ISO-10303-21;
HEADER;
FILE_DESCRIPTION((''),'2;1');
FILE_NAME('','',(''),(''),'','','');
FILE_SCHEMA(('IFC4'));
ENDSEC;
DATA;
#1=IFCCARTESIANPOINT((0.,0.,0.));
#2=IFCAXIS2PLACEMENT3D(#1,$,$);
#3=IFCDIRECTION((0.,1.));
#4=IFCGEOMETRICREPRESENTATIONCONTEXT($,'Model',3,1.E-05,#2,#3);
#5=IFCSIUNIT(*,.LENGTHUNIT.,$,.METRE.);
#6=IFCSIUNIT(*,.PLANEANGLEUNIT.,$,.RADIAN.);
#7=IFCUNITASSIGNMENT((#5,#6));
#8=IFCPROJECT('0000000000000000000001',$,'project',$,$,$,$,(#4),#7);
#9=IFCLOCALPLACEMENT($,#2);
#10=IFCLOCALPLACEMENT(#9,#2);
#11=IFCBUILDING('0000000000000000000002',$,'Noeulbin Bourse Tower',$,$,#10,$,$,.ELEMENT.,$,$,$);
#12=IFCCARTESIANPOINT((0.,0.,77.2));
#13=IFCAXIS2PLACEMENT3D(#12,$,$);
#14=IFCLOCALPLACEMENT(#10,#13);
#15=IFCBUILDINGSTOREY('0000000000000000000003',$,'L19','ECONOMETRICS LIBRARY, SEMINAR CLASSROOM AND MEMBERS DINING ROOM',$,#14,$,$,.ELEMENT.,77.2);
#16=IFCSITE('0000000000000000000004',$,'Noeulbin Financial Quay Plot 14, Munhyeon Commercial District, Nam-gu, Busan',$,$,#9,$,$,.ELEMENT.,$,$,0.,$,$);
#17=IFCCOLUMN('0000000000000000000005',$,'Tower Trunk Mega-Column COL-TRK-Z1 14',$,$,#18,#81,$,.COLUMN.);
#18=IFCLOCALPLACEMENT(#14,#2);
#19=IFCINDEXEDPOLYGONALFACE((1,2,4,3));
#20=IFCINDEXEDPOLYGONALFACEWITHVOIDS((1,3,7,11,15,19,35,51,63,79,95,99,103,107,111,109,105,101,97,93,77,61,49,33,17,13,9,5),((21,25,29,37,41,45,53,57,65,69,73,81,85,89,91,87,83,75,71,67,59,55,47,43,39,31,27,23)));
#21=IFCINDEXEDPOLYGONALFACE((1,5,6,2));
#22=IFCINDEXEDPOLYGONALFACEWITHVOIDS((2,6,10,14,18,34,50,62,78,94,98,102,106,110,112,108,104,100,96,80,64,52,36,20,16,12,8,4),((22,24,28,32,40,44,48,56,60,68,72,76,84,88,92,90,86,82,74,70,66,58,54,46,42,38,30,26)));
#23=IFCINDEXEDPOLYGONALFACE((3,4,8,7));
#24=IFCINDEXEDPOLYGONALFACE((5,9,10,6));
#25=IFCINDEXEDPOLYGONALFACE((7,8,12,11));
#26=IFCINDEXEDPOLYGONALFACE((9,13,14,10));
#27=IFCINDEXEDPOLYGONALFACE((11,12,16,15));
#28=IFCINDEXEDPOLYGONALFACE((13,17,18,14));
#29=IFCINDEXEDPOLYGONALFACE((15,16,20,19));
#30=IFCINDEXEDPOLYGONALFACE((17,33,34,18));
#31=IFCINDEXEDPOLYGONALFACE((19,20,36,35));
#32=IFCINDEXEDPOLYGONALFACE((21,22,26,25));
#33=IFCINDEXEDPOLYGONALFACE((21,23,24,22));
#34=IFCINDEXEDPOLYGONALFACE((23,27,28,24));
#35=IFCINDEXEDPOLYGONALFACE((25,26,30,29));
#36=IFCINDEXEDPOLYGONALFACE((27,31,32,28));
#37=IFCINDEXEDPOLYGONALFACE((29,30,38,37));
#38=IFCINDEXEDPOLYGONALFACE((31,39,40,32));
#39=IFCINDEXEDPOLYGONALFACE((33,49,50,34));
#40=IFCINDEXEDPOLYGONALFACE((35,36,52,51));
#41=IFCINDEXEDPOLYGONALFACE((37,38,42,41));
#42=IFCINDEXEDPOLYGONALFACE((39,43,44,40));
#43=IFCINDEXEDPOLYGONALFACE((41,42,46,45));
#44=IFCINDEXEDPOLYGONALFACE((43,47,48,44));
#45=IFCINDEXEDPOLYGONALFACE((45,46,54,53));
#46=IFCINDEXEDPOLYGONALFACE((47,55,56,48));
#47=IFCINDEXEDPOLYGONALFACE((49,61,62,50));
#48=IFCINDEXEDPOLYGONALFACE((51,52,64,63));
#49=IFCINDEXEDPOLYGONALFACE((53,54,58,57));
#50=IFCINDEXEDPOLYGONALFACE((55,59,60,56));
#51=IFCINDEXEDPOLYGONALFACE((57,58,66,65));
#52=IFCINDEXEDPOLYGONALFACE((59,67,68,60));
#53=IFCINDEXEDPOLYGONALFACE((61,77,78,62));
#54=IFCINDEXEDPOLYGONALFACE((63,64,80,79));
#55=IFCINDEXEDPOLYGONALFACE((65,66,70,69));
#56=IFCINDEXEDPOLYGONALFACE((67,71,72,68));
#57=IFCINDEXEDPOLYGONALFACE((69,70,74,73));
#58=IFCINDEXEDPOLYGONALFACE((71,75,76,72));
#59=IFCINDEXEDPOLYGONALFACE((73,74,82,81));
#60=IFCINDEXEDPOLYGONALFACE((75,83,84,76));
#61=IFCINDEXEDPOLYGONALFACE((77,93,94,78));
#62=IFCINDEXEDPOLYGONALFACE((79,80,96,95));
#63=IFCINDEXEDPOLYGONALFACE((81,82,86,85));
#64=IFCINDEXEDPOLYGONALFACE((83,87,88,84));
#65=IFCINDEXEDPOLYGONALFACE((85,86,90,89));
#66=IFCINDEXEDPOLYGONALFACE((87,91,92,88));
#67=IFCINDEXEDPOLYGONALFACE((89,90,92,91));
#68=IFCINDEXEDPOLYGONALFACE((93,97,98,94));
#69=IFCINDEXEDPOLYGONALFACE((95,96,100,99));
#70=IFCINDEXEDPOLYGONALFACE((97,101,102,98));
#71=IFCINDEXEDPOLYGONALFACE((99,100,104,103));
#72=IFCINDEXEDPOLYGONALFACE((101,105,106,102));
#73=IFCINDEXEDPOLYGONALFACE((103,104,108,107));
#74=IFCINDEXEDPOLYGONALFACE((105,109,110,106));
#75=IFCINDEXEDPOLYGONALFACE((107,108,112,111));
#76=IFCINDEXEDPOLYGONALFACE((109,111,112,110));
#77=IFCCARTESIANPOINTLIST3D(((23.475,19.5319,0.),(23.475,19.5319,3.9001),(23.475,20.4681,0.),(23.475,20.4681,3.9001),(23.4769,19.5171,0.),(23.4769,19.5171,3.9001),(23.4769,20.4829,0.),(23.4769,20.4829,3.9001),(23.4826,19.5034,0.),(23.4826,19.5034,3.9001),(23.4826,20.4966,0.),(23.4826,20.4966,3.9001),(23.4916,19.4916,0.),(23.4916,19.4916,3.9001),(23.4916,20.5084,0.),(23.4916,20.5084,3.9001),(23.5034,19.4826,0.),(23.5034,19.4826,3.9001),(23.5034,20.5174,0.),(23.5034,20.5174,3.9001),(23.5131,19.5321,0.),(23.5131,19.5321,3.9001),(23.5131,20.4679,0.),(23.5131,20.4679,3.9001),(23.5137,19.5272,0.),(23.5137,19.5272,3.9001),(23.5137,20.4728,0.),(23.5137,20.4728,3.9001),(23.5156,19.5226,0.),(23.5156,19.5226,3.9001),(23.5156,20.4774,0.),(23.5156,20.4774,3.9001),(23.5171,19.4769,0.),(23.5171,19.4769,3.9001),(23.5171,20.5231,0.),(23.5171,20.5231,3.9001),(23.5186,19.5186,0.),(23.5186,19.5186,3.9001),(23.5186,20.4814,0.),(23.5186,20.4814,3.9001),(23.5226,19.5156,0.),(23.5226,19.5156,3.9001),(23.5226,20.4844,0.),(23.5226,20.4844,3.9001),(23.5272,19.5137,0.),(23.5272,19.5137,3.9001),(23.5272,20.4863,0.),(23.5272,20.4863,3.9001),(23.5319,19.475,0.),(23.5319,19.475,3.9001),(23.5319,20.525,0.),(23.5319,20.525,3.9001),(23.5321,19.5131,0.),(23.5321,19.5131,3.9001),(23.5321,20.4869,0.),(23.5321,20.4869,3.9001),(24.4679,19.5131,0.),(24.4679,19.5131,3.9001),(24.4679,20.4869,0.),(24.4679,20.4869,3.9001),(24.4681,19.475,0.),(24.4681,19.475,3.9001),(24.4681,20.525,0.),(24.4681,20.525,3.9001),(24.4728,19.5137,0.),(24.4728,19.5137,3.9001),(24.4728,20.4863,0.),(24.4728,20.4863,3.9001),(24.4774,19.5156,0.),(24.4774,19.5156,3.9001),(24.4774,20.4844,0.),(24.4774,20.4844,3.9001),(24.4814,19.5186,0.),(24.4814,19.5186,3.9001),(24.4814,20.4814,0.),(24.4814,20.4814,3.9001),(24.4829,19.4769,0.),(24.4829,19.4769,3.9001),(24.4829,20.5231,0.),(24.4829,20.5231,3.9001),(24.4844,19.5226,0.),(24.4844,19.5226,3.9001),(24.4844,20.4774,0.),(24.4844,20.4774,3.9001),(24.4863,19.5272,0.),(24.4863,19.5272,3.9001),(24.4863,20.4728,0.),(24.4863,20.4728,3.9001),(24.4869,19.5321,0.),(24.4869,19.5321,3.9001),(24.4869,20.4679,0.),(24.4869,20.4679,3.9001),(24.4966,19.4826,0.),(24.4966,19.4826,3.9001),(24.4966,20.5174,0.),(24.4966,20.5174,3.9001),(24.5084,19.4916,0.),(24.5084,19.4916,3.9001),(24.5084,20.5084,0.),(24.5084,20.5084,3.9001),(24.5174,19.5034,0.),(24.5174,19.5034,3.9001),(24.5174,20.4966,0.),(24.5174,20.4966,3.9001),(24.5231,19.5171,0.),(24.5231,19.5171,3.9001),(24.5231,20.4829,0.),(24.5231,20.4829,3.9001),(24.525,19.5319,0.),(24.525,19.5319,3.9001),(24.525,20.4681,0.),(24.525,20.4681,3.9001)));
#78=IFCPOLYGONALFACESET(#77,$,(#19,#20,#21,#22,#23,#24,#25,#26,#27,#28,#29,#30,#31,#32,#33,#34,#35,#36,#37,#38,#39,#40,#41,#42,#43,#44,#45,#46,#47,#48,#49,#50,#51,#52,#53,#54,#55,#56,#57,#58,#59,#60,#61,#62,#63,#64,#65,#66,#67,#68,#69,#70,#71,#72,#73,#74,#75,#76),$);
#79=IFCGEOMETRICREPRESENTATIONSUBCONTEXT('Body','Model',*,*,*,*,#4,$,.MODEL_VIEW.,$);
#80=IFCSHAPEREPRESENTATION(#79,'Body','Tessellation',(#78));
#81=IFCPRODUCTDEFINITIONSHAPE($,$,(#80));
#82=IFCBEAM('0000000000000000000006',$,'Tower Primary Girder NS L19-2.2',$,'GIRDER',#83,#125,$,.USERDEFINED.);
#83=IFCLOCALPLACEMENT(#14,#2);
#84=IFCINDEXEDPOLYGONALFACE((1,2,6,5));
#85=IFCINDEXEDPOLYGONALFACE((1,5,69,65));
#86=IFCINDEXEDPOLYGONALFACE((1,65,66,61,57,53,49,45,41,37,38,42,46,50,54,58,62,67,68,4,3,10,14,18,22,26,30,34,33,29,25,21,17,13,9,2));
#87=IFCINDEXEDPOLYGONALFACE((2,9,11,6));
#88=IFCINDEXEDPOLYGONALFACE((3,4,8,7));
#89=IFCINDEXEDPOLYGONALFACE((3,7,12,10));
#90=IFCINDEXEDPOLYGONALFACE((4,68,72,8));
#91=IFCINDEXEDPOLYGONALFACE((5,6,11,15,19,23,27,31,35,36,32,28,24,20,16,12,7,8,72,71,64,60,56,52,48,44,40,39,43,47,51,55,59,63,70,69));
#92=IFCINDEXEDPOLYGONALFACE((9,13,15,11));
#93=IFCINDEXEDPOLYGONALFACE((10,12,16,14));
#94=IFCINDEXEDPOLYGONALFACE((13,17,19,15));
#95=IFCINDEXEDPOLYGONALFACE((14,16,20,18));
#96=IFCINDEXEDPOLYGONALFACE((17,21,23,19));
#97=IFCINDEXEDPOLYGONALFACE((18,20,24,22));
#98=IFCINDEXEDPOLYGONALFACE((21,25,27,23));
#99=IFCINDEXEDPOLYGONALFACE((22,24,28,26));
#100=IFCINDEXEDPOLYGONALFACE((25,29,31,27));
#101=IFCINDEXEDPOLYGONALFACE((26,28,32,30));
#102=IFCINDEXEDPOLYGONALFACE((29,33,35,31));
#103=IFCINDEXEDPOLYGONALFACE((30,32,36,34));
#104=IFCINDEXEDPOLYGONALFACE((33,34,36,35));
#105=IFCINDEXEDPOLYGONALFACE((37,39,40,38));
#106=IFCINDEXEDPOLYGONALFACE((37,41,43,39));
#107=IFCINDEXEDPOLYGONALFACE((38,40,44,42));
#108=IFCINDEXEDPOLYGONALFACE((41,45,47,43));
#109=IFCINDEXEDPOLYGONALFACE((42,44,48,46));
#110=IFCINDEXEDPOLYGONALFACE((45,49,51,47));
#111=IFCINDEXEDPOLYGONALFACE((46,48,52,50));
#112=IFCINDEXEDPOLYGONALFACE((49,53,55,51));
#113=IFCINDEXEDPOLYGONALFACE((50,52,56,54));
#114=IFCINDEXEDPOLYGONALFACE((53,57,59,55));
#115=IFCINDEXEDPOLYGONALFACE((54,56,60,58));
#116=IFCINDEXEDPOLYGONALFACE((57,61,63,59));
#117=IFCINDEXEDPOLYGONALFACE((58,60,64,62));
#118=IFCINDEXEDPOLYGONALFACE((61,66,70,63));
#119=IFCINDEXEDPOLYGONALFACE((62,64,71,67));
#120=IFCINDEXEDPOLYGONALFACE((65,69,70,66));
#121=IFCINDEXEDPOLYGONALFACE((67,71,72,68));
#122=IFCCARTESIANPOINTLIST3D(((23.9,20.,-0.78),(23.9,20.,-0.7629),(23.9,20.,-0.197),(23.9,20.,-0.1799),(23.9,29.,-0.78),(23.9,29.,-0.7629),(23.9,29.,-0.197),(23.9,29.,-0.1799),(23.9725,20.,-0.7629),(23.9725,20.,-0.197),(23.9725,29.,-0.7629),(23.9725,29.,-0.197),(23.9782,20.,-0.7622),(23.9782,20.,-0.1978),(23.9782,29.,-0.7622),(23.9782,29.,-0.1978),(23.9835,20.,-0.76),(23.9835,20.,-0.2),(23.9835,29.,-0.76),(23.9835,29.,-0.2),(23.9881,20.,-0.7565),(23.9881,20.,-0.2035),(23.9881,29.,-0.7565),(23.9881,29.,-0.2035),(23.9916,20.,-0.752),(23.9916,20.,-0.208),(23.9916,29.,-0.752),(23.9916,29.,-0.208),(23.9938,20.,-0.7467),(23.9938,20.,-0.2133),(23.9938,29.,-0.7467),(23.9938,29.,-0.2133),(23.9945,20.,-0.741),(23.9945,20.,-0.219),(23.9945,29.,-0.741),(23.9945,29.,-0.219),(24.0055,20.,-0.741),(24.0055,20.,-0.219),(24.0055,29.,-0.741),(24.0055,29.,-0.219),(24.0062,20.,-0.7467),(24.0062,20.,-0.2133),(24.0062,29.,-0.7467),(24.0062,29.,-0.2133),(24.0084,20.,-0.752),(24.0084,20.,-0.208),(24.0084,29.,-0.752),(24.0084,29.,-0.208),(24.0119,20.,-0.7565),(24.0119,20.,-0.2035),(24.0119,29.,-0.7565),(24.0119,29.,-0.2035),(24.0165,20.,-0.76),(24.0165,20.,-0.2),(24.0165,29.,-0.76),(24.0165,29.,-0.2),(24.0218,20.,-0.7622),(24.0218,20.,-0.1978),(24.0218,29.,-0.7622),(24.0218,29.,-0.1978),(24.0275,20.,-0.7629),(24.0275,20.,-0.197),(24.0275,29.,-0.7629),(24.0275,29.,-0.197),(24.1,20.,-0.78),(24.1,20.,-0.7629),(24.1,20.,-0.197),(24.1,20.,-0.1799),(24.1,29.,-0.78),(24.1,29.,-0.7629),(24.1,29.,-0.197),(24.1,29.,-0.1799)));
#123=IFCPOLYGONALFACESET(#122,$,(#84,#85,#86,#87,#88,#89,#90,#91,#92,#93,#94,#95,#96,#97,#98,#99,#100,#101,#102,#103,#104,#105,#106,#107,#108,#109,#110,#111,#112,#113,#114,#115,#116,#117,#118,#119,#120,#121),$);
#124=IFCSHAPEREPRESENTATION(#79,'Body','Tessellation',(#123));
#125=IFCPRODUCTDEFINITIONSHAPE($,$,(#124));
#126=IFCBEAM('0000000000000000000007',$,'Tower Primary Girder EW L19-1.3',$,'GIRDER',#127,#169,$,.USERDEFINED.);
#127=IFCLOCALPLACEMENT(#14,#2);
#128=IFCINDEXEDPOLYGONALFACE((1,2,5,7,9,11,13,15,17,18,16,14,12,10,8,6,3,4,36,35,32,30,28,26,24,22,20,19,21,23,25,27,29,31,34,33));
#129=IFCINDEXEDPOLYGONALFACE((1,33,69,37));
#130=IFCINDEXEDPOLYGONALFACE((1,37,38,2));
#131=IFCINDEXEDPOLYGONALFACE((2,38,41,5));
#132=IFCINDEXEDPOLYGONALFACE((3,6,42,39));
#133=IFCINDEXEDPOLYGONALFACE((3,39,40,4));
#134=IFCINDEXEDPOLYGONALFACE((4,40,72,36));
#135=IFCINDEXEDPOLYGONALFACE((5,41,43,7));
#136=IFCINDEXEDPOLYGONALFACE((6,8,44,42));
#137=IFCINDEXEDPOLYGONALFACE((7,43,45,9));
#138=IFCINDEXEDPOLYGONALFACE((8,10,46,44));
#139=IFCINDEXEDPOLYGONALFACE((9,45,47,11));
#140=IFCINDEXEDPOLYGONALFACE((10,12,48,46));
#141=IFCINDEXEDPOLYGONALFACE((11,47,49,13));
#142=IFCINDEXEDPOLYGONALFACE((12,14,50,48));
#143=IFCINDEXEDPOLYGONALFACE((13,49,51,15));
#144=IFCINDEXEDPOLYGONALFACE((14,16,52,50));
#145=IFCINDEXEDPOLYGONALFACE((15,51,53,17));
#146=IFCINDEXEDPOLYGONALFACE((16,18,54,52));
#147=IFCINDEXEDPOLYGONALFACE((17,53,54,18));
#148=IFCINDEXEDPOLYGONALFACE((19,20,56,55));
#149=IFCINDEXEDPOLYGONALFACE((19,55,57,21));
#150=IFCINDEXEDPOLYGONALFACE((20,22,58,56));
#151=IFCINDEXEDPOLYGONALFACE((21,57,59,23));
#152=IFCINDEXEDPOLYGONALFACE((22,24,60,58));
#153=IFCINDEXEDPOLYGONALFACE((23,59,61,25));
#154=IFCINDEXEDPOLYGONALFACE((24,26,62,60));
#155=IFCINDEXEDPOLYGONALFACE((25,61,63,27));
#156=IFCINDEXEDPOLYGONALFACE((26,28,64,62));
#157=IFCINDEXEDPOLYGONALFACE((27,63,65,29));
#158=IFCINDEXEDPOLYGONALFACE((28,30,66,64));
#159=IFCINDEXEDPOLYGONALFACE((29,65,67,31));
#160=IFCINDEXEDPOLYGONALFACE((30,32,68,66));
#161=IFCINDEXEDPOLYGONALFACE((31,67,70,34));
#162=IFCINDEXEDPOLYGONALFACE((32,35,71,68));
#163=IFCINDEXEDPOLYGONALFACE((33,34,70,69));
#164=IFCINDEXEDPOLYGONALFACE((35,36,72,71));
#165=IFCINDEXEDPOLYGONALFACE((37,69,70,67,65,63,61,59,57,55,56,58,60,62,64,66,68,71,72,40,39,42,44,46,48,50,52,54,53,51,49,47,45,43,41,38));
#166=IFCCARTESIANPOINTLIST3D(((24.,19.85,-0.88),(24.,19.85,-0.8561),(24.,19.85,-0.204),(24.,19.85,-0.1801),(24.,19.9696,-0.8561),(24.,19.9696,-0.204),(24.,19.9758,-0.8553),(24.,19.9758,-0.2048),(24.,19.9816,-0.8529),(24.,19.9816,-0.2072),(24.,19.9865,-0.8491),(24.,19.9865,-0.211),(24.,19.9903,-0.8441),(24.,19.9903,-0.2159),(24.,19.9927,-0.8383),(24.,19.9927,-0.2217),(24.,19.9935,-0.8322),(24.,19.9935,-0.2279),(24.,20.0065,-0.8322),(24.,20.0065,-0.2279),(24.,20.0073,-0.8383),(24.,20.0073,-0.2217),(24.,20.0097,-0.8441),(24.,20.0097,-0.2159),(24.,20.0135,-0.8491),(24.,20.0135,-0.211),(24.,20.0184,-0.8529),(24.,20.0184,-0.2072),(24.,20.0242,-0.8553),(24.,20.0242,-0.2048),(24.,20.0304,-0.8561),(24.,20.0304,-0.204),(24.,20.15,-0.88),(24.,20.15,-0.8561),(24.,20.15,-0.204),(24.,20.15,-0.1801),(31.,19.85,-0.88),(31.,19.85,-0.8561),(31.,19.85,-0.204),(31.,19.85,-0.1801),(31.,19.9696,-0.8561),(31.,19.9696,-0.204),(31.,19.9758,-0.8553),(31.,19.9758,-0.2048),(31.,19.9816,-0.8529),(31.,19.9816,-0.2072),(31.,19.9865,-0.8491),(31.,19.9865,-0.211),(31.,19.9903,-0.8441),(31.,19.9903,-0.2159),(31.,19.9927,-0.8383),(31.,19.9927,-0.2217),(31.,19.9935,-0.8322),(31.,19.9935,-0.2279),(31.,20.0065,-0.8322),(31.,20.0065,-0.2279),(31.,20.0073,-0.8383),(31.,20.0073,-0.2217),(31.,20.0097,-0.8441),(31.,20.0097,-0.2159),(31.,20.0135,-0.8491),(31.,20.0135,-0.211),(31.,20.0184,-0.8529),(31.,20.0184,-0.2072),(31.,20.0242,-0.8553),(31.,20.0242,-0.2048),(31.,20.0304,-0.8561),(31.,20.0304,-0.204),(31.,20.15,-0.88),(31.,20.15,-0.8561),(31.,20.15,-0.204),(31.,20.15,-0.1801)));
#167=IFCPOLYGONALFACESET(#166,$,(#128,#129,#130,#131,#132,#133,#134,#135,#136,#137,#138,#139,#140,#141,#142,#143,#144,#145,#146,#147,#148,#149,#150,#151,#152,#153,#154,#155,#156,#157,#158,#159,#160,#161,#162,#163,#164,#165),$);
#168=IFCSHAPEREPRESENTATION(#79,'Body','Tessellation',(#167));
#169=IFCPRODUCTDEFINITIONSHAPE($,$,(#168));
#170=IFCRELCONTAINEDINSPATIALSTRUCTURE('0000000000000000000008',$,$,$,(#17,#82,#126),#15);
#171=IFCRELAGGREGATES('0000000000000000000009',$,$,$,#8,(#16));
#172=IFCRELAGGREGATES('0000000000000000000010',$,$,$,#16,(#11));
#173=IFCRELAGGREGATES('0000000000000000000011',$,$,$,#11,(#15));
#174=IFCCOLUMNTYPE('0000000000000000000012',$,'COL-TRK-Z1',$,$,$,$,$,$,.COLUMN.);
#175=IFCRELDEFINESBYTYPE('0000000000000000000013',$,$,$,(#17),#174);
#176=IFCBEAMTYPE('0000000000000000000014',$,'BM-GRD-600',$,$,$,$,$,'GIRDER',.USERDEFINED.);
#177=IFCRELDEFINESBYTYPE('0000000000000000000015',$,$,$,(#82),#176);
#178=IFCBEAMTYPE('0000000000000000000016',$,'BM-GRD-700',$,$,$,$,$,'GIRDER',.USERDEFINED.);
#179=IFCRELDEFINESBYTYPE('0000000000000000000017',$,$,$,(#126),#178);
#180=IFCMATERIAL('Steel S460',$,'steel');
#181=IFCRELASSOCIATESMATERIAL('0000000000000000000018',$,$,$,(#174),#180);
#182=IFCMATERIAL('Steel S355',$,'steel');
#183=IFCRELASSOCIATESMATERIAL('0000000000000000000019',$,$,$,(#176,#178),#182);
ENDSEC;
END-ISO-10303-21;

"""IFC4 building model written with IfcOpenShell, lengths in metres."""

from ifc_helpers import new_model, si_unit, direction, frame, origin, origin_2d, place, context, subcontext, project, spatial, hollow_rectangle, i_section, extrude, material, material_profile, profile_set, type_object, element, save


model = new_model("IFC4")

# Units and contexts
model_context = context("Model", 3, precision=1e-05, world=origin(), true_north=direction((0.0, 1.0)))
body_context = subcontext(model_context, "Body", "Model", "MODEL_VIEW")
ifc_project = project(units=[si_unit("LENGTHUNIT", "METRE"), si_unit("PLANEANGLEUNIT", "RADIAN")], contexts=[model_context])

# Site, building, storey
site_placement = place(None, origin())
site = spatial("IfcSite", under=ifc_project, at=site_placement, Name="Noeulbin Financial Quay Plot 14, Munhyeon Commercial District, Nam-gu, Busan", CompositionType="ELEMENT", RefElevation=0.0)
building_placement = place(site_placement, origin())
building = spatial("IfcBuilding", under=site, at=building_placement, Name="Noeulbin Bourse Tower", CompositionType="ELEMENT")
storey_placement = place(building_placement, frame((0.0, 0.0, 77.2)))
storey = spatial("IfcBuildingStorey", under=building, at=storey_placement, Name="L19", Description="ECONOMETRICS LIBRARY, SEMINAR CLASSROOM AND MEMBERS DINING ROOM", CompositionType="ELEMENT", Elevation=77.2)

# Column
ifc_material_1 = material(Name="Steel S460", Category="steel")
ifc_material_profile_1 = material_profile(ifc_material_1, hollow_rectangle(XDim=1.05, YDim=1.05, WallThickness=0.0381, InnerFilletRadius=0.019, OuterFilletRadius=0.0569, at=origin_2d()), Name="BOX-1050x1050x38", Category="LoadBearing")
ifc_profile_set_1 = profile_set([ifc_material_profile_1], Name="Steel S460")
column_type = type_object("IfcColumnType", Name="COL-TRK-Z1", PredefinedType="COLUMN", material=ifc_profile_set_1)
column_placement = place(storey_placement, frame((24.0, 20.0, 0.0), z_axis=(0.0, 0.0, 1.0), x_axis=(1.0, 0.0, 0.0)))
element("IfcColumn", 1, at=column_placement, inside=storey, type_object=column_type, Name="Tower Trunk Mega-Column COL-TRK-Z1 14", PredefinedType="COLUMN", context=body_context, shape_type="SweptSolid", body=[
    extrude(hollow_rectangle(XDim=1.05, YDim=1.05, WallThickness=0.0381, InnerFilletRadius=0.019, OuterFilletRadius=0.0569, at=origin_2d()), origin(), (0.0, 0.0, 1.0), 3.9001),
])

# Beams
ifc_material_2 = material(Name="Steel S355", Category="steel")
ifc_material_profile_2 = material_profile(ifc_material_2, i_section(OverallWidth=0.2, OverallDepth=0.6001, WebThickness=0.011, FlangeThickness=0.0171, FilletRadius=0.022, at=origin_2d()), Name="H-600x200x11x17", Category="LoadBearing")
ifc_profile_set_2 = profile_set([ifc_material_profile_2], Name="Steel S355")
beam_type_1 = type_object("IfcBeamType", Name="BM-GRD-600", ElementType="GIRDER", PredefinedType="USERDEFINED", material=ifc_profile_set_2)
beam_1_placement = place(storey_placement, frame((24.0, 20.0, -0.48), z_axis=(0.0, 1.0, 0.0), x_axis=(-1.0, 0.0, 0.0)))
element("IfcBeam", 2, at=beam_1_placement, inside=storey, type_object=beam_type_1, Name="Tower Primary Girder NS L19-2.2", ObjectType="GIRDER", PredefinedType="USERDEFINED", context=body_context, shape_type="SweptSolid", body=[
    extrude(i_section(OverallWidth=0.2, OverallDepth=0.6001, WebThickness=0.011, FlangeThickness=0.0171, FilletRadius=0.022, at=origin_2d()), origin(), (0.0, 0.0, 1.0), 9.0),
])
ifc_material_profile_3 = material_profile(ifc_material_2, i_section(OverallWidth=0.3, OverallDepth=0.7, WebThickness=0.0129, FlangeThickness=0.0239, FilletRadius=0.0239, at=origin_2d()), Name="H-700x300x13x24", Category="LoadBearing")
ifc_profile_set_3 = profile_set([ifc_material_profile_3], Name="Steel S355")
beam_type_2 = type_object("IfcBeamType", Name="BM-GRD-700", ElementType="GIRDER", PredefinedType="USERDEFINED", material=ifc_profile_set_3)
beam_2_placement = place(storey_placement, frame((24.0, 20.0, -0.53), z_axis=(1.0, 0.0, 0.0), x_axis=(0.0, 1.0, 0.0)))
element("IfcBeam", 3, at=beam_2_placement, inside=storey, type_object=beam_type_2, Name="Tower Primary Girder EW L19-1.3", ObjectType="GIRDER", PredefinedType="USERDEFINED", context=body_context, shape_type="SweptSolid", body=[
    extrude(i_section(OverallWidth=0.3, OverallDepth=0.7, WebThickness=0.0129, FlangeThickness=0.0239, FilletRadius=0.0239, at=origin_2d()), origin(), (0.0, 0.0, 1.0), 7.0),
])

save(model, "model.ifc")
